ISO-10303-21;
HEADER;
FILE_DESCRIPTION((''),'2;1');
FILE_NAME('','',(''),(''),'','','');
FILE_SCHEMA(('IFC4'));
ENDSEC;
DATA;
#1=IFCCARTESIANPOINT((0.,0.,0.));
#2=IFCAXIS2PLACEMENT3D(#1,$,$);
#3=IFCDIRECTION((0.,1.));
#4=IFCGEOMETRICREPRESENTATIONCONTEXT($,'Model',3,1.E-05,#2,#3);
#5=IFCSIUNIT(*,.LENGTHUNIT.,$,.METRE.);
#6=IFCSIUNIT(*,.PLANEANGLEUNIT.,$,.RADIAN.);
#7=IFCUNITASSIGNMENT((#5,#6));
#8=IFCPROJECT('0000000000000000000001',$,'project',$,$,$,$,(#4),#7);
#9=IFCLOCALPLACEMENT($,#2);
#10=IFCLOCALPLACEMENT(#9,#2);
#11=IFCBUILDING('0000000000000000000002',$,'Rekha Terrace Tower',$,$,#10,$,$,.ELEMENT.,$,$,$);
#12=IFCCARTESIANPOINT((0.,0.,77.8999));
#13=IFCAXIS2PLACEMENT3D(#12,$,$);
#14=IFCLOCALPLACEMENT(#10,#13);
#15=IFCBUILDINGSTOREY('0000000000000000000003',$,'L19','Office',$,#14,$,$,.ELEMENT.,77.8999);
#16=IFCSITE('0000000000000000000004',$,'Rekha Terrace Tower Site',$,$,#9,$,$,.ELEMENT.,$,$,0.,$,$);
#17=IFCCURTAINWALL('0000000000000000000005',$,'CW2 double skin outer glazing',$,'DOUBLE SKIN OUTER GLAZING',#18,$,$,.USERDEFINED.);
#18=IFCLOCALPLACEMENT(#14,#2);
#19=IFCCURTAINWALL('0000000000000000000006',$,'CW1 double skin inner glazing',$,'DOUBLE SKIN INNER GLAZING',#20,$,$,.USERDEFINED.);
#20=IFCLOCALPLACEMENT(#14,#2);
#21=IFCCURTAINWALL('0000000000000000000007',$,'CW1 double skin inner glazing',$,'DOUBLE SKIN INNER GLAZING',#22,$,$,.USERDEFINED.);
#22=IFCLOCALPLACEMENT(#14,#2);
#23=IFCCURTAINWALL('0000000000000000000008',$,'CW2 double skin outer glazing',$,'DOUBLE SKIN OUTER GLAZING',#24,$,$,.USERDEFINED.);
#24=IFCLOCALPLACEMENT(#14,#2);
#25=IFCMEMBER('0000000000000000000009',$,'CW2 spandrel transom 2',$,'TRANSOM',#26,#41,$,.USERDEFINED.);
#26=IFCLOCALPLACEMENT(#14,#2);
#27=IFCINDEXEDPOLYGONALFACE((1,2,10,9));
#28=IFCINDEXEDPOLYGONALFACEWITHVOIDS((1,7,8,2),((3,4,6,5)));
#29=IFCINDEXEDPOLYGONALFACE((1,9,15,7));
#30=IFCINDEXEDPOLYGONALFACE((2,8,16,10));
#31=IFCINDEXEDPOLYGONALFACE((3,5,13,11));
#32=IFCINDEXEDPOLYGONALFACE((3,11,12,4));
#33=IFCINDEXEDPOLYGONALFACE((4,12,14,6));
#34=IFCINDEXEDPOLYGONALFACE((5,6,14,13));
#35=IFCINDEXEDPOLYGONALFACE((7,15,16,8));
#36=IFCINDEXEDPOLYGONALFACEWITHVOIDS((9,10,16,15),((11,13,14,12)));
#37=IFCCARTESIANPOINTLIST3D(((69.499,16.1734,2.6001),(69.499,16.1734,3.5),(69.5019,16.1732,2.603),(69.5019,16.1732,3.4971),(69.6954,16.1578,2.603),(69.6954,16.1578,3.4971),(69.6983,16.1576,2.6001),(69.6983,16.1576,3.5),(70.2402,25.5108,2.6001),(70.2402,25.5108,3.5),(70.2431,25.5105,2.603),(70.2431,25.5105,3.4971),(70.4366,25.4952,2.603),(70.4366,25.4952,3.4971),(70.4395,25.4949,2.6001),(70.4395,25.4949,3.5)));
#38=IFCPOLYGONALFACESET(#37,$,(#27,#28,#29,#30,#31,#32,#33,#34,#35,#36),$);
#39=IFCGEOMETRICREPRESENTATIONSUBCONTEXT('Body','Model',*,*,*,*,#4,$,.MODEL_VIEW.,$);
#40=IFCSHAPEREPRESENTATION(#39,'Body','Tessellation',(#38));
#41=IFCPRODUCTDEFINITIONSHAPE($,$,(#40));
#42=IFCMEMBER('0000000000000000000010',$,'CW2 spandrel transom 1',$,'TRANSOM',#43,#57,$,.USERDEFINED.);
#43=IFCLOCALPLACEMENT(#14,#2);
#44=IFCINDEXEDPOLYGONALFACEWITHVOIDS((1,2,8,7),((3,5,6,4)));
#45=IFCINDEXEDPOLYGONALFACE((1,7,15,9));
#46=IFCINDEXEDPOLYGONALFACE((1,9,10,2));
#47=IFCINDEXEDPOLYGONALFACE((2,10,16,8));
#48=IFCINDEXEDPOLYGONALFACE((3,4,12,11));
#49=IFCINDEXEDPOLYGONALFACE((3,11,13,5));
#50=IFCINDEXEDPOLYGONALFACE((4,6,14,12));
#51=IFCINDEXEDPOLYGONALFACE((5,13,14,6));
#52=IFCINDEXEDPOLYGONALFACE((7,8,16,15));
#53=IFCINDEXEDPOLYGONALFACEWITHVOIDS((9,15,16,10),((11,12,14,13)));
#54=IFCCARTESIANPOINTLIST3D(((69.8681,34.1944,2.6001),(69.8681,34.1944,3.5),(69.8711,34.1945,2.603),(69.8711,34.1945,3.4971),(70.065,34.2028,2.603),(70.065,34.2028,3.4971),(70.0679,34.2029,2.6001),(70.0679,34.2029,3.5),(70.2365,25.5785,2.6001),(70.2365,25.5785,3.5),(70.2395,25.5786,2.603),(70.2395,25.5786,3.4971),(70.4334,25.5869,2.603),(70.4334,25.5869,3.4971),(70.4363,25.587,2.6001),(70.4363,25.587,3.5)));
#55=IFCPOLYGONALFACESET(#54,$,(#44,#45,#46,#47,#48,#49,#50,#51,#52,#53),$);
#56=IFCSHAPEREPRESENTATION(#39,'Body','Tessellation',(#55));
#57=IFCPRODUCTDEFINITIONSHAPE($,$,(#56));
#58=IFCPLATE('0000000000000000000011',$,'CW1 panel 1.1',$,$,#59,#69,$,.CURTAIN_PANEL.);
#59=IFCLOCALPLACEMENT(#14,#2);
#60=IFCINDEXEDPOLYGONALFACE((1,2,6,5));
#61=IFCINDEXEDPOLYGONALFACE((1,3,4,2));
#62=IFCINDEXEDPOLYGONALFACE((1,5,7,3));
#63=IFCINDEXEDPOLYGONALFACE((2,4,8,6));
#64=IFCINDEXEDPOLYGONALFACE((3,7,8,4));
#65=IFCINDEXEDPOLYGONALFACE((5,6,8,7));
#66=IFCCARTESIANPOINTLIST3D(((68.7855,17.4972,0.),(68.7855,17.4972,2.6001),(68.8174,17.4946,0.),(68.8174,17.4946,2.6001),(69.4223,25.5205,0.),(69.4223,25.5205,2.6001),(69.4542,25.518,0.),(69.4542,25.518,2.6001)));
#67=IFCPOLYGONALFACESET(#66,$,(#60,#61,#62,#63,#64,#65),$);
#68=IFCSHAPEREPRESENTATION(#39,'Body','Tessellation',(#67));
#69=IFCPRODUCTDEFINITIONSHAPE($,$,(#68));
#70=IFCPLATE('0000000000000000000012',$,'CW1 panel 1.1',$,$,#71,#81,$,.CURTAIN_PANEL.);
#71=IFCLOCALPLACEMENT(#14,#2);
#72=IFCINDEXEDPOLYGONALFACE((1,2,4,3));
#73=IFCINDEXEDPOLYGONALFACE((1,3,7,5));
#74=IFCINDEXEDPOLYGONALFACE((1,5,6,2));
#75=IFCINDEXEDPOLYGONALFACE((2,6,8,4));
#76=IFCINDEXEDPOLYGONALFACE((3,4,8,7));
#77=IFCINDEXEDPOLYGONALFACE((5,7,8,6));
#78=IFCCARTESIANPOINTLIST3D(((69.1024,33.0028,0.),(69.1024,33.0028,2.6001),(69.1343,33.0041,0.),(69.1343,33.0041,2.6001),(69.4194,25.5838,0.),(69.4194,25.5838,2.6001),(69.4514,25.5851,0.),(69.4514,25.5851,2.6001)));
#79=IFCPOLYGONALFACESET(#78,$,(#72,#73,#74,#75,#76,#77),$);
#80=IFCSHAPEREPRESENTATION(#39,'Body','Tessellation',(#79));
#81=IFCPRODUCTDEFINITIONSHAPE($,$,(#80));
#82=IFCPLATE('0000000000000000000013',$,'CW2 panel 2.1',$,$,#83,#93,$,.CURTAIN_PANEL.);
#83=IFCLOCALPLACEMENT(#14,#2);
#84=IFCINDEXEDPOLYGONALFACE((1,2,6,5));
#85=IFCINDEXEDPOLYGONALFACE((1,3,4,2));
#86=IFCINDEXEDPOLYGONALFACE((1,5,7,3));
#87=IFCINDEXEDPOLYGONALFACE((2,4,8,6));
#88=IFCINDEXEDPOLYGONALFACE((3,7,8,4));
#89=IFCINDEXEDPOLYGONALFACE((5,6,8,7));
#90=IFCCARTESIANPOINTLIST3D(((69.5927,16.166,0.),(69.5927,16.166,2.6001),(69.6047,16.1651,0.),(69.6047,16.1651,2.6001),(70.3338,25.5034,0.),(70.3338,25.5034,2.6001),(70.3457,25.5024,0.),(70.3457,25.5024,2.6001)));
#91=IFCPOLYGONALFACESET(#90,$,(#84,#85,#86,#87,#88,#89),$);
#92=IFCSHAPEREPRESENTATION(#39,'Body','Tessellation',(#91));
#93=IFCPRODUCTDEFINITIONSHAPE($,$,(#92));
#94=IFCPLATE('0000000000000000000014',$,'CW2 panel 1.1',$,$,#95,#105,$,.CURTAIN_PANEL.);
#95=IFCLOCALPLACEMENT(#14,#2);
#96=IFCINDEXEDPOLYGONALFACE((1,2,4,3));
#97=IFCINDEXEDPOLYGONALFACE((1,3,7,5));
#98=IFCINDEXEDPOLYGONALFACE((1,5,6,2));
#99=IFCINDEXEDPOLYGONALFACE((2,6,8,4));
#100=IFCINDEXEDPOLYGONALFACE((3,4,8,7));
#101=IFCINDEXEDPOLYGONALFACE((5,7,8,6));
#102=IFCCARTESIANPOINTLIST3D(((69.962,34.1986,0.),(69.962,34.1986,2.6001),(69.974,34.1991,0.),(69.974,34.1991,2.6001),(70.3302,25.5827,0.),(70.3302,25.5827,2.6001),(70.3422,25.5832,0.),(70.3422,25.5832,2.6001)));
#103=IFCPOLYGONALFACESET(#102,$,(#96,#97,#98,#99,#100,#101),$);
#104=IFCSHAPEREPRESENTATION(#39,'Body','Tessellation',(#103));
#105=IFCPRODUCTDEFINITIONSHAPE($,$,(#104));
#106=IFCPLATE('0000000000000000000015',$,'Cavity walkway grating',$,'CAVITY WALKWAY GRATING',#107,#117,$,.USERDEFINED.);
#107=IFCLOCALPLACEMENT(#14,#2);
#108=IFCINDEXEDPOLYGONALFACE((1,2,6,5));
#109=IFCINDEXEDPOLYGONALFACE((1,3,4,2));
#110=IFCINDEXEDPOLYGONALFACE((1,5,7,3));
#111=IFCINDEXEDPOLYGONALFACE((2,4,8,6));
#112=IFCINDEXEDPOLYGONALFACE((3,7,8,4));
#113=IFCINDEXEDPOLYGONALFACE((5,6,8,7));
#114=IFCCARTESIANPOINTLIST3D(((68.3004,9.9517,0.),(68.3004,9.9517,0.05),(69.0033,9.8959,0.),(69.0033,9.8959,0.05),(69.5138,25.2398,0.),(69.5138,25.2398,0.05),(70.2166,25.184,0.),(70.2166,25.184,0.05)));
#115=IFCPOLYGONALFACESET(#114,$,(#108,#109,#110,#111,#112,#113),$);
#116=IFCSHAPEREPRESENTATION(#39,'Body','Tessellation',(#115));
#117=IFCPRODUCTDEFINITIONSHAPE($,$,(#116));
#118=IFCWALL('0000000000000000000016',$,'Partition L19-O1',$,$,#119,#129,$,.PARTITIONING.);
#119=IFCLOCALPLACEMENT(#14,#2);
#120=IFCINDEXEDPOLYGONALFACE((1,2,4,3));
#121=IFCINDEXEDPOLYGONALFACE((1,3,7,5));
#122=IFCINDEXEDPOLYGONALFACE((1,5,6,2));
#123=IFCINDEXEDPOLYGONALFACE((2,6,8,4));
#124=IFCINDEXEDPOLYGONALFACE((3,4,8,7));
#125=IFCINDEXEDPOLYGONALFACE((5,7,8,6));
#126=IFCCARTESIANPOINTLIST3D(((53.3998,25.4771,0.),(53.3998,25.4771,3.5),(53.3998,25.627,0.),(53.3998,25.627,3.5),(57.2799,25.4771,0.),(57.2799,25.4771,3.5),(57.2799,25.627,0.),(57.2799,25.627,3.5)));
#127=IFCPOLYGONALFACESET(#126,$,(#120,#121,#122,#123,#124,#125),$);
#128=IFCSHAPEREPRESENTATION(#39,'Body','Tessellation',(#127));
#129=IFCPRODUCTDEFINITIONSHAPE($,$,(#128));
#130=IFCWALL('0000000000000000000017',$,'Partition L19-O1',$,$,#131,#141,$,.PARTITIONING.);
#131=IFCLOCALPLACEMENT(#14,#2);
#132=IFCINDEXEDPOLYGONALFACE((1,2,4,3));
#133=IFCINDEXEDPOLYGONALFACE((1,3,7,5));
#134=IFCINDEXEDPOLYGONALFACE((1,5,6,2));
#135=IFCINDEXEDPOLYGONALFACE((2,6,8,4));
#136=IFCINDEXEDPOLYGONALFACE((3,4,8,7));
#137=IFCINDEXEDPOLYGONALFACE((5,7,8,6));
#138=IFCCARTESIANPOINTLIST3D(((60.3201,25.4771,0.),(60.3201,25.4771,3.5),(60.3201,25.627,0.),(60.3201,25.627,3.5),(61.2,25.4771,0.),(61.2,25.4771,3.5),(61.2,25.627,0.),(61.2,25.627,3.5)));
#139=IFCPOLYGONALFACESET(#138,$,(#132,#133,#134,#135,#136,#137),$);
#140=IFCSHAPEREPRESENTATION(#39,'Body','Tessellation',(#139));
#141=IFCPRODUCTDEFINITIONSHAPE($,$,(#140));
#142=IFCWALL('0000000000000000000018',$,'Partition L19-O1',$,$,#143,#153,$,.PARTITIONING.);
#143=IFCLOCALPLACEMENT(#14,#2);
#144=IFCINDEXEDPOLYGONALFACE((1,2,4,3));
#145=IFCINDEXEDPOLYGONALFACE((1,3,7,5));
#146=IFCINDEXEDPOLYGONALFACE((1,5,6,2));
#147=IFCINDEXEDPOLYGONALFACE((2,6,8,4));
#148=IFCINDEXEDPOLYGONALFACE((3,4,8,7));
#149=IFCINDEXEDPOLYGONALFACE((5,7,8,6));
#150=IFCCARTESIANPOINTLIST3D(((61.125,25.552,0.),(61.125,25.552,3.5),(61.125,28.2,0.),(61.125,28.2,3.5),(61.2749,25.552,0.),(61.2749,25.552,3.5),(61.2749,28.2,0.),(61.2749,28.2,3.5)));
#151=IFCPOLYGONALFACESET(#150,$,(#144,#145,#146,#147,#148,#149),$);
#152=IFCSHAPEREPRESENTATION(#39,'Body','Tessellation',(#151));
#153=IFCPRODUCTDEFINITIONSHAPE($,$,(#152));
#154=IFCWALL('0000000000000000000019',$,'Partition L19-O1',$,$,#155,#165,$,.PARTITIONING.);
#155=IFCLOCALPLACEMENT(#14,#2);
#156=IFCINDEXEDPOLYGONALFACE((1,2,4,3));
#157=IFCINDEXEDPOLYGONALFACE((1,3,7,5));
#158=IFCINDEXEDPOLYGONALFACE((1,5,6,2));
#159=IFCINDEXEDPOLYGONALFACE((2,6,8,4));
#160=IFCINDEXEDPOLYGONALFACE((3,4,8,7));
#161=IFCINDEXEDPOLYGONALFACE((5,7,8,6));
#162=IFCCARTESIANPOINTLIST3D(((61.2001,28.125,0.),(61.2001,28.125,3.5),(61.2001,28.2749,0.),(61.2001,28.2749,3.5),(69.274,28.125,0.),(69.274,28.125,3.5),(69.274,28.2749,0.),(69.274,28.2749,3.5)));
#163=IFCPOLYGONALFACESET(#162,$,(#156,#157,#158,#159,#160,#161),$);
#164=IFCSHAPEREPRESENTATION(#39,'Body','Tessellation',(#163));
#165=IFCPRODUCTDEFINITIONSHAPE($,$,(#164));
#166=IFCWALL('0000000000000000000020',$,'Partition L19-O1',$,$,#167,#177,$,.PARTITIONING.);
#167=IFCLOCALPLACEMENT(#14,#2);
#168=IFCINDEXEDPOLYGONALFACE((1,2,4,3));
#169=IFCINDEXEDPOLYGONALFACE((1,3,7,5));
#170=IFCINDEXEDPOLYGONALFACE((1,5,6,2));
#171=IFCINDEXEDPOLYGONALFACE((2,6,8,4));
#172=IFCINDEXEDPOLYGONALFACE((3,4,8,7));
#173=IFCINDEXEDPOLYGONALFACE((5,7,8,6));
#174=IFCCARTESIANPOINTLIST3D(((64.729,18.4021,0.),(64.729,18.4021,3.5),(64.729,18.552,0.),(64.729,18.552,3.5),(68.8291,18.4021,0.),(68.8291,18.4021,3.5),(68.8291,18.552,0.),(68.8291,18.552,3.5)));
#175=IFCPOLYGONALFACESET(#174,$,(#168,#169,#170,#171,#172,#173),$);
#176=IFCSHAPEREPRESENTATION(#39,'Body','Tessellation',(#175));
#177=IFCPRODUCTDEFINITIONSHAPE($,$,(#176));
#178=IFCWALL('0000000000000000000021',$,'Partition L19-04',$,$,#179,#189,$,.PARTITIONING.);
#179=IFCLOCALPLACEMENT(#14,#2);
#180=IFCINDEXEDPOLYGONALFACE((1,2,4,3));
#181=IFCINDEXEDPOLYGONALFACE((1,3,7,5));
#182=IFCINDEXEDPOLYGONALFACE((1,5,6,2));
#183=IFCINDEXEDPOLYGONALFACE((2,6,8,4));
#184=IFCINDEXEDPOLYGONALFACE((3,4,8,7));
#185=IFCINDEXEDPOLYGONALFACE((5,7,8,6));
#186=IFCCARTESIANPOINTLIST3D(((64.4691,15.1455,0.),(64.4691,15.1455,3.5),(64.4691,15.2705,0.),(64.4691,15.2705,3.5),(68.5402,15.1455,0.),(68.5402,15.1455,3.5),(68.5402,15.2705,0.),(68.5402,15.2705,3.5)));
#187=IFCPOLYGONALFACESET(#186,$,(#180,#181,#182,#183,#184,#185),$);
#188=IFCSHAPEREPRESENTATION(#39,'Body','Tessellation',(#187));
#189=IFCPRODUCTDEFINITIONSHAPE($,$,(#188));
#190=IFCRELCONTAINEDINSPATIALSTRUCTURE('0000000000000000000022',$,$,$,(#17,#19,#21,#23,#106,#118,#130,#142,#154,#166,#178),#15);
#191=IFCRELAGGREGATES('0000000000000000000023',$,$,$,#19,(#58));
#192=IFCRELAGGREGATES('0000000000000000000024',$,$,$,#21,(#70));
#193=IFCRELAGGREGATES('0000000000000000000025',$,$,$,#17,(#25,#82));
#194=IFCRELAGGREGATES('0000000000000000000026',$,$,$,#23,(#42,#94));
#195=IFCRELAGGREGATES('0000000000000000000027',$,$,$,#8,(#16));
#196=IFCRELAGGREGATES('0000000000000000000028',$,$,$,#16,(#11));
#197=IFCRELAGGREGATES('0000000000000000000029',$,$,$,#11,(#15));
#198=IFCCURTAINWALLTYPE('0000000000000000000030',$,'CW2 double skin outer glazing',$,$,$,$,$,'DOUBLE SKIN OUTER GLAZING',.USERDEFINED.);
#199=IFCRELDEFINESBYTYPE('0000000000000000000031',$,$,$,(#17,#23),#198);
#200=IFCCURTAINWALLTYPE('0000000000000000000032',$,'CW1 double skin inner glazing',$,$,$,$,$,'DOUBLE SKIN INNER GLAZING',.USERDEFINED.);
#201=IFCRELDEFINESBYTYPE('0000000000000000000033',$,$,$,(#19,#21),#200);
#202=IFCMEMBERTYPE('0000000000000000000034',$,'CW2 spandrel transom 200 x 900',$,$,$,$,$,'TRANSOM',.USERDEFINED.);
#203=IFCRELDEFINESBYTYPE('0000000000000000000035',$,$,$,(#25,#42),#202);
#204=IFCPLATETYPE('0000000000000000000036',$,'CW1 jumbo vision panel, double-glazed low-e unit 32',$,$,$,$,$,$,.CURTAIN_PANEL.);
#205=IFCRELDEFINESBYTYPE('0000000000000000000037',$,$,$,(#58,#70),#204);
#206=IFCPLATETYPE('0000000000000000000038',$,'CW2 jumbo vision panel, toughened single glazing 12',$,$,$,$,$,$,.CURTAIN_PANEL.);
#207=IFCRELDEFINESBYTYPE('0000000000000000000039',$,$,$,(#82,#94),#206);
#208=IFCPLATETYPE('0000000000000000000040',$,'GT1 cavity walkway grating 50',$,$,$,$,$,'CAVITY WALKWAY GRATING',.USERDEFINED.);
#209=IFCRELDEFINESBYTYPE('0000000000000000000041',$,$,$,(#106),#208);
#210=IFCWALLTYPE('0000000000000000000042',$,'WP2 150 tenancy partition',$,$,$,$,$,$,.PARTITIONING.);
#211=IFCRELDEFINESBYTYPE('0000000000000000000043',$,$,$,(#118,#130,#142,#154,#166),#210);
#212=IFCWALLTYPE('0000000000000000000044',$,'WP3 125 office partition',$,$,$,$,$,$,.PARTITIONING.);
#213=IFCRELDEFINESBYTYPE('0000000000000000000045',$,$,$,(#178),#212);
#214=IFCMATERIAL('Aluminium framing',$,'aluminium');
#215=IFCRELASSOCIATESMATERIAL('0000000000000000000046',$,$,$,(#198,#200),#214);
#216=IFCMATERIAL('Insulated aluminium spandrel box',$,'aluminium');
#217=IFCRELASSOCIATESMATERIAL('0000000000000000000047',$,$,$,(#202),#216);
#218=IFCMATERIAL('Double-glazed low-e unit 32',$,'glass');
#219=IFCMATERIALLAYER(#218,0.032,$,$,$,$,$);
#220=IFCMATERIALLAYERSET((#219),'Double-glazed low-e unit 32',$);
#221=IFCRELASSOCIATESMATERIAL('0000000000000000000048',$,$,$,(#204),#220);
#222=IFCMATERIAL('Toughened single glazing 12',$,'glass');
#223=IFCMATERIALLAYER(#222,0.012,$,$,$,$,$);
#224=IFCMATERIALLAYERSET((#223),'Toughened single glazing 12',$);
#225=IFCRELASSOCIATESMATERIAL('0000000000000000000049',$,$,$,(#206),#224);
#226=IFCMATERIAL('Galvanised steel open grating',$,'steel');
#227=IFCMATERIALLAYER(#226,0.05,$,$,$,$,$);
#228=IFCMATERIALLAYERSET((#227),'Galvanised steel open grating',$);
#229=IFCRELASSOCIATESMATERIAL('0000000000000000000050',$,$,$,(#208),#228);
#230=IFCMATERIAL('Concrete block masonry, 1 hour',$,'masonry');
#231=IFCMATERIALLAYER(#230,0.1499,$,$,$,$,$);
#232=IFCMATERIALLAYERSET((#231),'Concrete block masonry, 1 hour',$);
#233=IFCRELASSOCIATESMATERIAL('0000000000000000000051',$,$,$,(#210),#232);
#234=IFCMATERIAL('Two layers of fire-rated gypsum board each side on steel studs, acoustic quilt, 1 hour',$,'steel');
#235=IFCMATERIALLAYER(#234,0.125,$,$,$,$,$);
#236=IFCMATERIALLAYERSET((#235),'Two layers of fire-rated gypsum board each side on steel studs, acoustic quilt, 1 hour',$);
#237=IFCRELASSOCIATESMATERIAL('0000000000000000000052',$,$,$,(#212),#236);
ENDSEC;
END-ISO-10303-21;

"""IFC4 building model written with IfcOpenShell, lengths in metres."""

from ifc_helpers import new_model, si_unit, direction, frame, frame_2d, origin, origin_2d, place, context, subcontext, project, spatial, rectangle, hollow_rectangle, extrude, material, layer, layer_set, material_profile, profile_set, type_object, element, aggregate, save


model = new_model("IFC4")

# Units and contexts
model_context = context("Model", 3, precision=1e-05, world=origin(), true_north=direction((0.0, 1.0)))
body_context = subcontext(model_context, "Body", "Model", "MODEL_VIEW")
ifc_project = project(units=[si_unit("LENGTHUNIT", "METRE"), si_unit("PLANEANGLEUNIT", "RADIAN")], contexts=[model_context])

# Site, building, storey
site_placement = place(None, origin())
site = spatial("IfcSite", under=ifc_project, at=site_placement, Name="Rekha Terrace Tower Site", CompositionType="ELEMENT", RefElevation=0.0)
building_placement = place(site_placement, origin())
building = spatial("IfcBuilding", under=site, at=building_placement, Name="Rekha Terrace Tower", CompositionType="ELEMENT")
storey_placement = place(building_placement, frame((0.0, 0.0, 77.8999)))
storey = spatial("IfcBuildingStorey", under=building, at=storey_placement, Name="L19", Description="Office", CompositionType="ELEMENT", Elevation=77.8999)

# Curtain walls
ifc_material_1 = material(Name="Aluminium framing", Category="aluminium")
curtain_wall_type_1 = type_object("IfcCurtainWallType", Name="CW2 double skin outer glazing", ElementType="DOUBLE SKIN OUTER GLAZING", PredefinedType="USERDEFINED", material=ifc_material_1)
curtain_wall_1_placement = place(storey_placement, origin())
curtain_wall_1 = element("IfcCurtainWall", 1, at=curtain_wall_1_placement, inside=storey, type_object=curtain_wall_type_1, Name="CW2 double skin outer glazing", ObjectType="DOUBLE SKIN OUTER GLAZING", PredefinedType="USERDEFINED")
curtain_wall_type_2 = type_object("IfcCurtainWallType", Name="CW1 double skin inner glazing", ElementType="DOUBLE SKIN INNER GLAZING", PredefinedType="USERDEFINED", material=ifc_material_1)
curtain_wall_2_placement = place(storey_placement, origin())
curtain_wall_2 = element("IfcCurtainWall", 2, at=curtain_wall_2_placement, inside=storey, type_object=curtain_wall_type_2, Name="CW1 double skin inner glazing", ObjectType="DOUBLE SKIN INNER GLAZING", PredefinedType="USERDEFINED")
curtain_wall_3_placement = place(storey_placement, origin())
curtain_wall_3 = element("IfcCurtainWall", 3, at=curtain_wall_3_placement, inside=storey, type_object=curtain_wall_type_2, Name="CW1 double skin inner glazing", ObjectType="DOUBLE SKIN INNER GLAZING", PredefinedType="USERDEFINED")

# Shared definitions
ifc_material_2 = material(Name="Insulated aluminium spandrel box", Category="aluminium")

# Curtain wall
curtain_wall_4_placement = place(storey_placement, origin())
curtain_wall_4 = element("IfcCurtainWall", 4, at=curtain_wall_4_placement, inside=storey, type_object=curtain_wall_type_1, Name="CW2 double skin outer glazing", ObjectType="DOUBLE SKIN OUTER GLAZING", PredefinedType="USERDEFINED")

# Members
ifc_material_profile_1 = material_profile(ifc_material_2, hollow_rectangle(XDim=0.2, YDim=0.8999, WallThickness=0.0029, at=origin_2d()), Name="AL SPANDREL BOX 200x900")
ifc_profile_set_1 = profile_set([ifc_material_profile_1], Name="Insulated aluminium spandrel box")
member_type_1 = type_object("IfcMemberType", Name="CW2 spandrel transom 200 x 900", ElementType="TRANSOM", PredefinedType="USERDEFINED", material=ifc_profile_set_1)
member_1_placement = place(storey_placement, frame((69.5986, 16.1655, 3.05), z_axis=(0.079132, 0.996864, 0.0), x_axis=(-0.996864, 0.079132, 0.0)))
member_1 = element("IfcMember", 5, at=member_1_placement, type_object=member_type_1, Name="CW2 spandrel transom 2", ObjectType="TRANSOM", PredefinedType="USERDEFINED", context=body_context, shape_type="SweptSolid", body=[
    extrude(hollow_rectangle(XDim=0.2, YDim=0.8999, WallThickness=0.0029, at=origin_2d()), origin(), (0.0, 0.0, 1.0), 9.3667),
])
member_2_placement = place(storey_placement, frame((70.3364, 25.5828, 3.05), z_axis=(-0.04272, 0.999087, 0.0), x_axis=(-0.999087, -0.04272, 0.0)))
member_2 = element("IfcMember", 6, at=member_2_placement, type_object=member_type_1, Name="CW2 spandrel transom 1", ObjectType="TRANSOM", PredefinedType="USERDEFINED", context=body_context, shape_type="SweptSolid", body=[
    extrude(hollow_rectangle(XDim=0.2, YDim=0.8999, WallThickness=0.0029, at=origin_2d()), origin(), (0.0, 0.0, 1.0), 8.6238),
])

# Plates
ifc_material_3 = material(Name="Double-glazed low-e unit 32", Category="glass")
ifc_layer_1 = layer(ifc_material_3, 0.032)
ifc_layer_set_1 = layer_set([ifc_layer_1], Name="Double-glazed low-e unit 32")
plate_type_1 = type_object("IfcPlateType", Name="CW1 jumbo vision panel, double-glazed low-e unit 32", PredefinedType="CURTAIN_PANEL", material=ifc_layer_set_1)
plate_1_placement = place(storey_placement, frame((69.1199, 21.5076, 0.0), z_axis=(0.0, 0.0, 1.0), x_axis=(0.079116, 0.996865, 0.0)))
plate_1 = element("IfcPlate", 7, at=plate_1_placement, type_object=plate_type_1, Name="CW1 panel 1.1", PredefinedType="CURTAIN_PANEL", context=body_context, shape_type="SweptSolid", body=[
    extrude(rectangle(XDim=8.0486, YDim=0.032, at=origin_2d()), origin(), (0.0, 0.0, 1.0), 2.6001),
])
aggregate(curtain_wall_2, [plate_1])
plate_2_placement = place(storey_placement, frame((69.2769, 29.2939, 0.0), z_axis=(0.0, 0.0, 1.0), x_axis=(-0.042696, 0.999088, 0.0)))
plate_2 = element("IfcPlate", 8, at=plate_2_placement, type_object=plate_type_1, Name="CW1 panel 1.1", PredefinedType="CURTAIN_PANEL", context=body_context, shape_type="SweptSolid", body=[
    extrude(rectangle(XDim=7.4258, YDim=0.032, at=origin_2d()), origin(), (0.0, 0.0, 1.0), 2.6001),
])
aggregate(curtain_wall_3, [plate_2])
ifc_material_4 = material(Name="Toughened single glazing 12", Category="glass")
ifc_layer_2 = layer(ifc_material_4, 0.012)
ifc_layer_set_2 = layer_set([ifc_layer_2], Name="Toughened single glazing 12")
plate_type_2 = type_object("IfcPlateType", Name="CW2 jumbo vision panel, toughened single glazing 12", PredefinedType="CURTAIN_PANEL", material=ifc_layer_set_2)
plate_3_placement = place(storey_placement, frame((69.9692, 20.8342, 0.0), z_axis=(0.0, 0.0, 1.0), x_axis=(0.079116, 0.996865, 0.0)))
plate_3 = element("IfcPlate", 9, at=plate_3_placement, type_object=plate_type_2, Name="CW2 panel 2.1", PredefinedType="CURTAIN_PANEL", context=body_context, shape_type="SweptSolid", body=[
    extrude(rectangle(XDim=9.3667, YDim=0.012, at=origin_2d()), origin(), (0.0, 0.0, 1.0), 2.6001),
])
aggregate(curtain_wall_1, [member_1, plate_3])
plate_4_placement = place(storey_placement, frame((70.1521, 29.8909, 0.0), z_axis=(0.0, 0.0, 1.0), x_axis=(-0.042696, 0.999088, 0.0)))
plate_4 = element("IfcPlate", 10, at=plate_4_placement, type_object=plate_type_2, Name="CW2 panel 1.1", PredefinedType="CURTAIN_PANEL", context=body_context, shape_type="SweptSolid", body=[
    extrude(rectangle(XDim=8.6238, YDim=0.012, at=origin_2d()), origin(), (0.0, 0.0, 1.0), 2.6001),
])
aggregate(curtain_wall_4, [member_2, plate_4])
ifc_material_5 = material(Name="Galvanised steel open grating", Category="steel")
ifc_layer_3 = layer(ifc_material_5, 0.05)
ifc_layer_set_3 = layer_set([ifc_layer_3], Name="Galvanised steel open grating")
plate_type_3 = type_object("IfcPlateType", Name="GT1 cavity walkway grating 50", ElementType="CAVITY WALKWAY GRATING", PredefinedType="USERDEFINED", material=ifc_layer_set_3)
plate_5_placement = place(storey_placement, frame((69.2585, 17.5679, 0.0), z_axis=(0.0, 0.0, 1.0), x_axis=(0.079116, 0.996865, 0.0)))
element("IfcPlate", 11, at=plate_5_placement, inside=storey, type_object=plate_type_3, Name="Cavity walkway grating", ObjectType="CAVITY WALKWAY GRATING", PredefinedType="USERDEFINED", context=body_context, shape_type="SweptSolid", body=[
    extrude(rectangle(XDim=15.3362, YDim=0.7051, at=origin_2d()), origin(), (0.0, 0.0, 1.0), 0.05),
])

# Walls
ifc_material_6 = material(Name="Concrete block masonry, 1 hour", Category="masonry")
ifc_layer_4 = layer(ifc_material_6, 0.1499)
ifc_layer_set_4 = layer_set([ifc_layer_4], Name="Concrete block masonry, 1 hour")
wall_type_1 = type_object("IfcWallType", Name="WP2 150 tenancy partition", PredefinedType="PARTITIONING", material=ifc_layer_set_4)
wall_1_placement = place(storey_placement, frame((53.3999, 25.552, 0.0), z_axis=(0.0, 0.0, 1.0), x_axis=(1.0, 0.0, 0.0)))
element("IfcWall", 12, at=wall_1_placement, inside=storey, type_object=wall_type_1, Name="Partition L19-O1", PredefinedType="PARTITIONING", context=body_context, shape_type="SweptSolid", body=[
    extrude(rectangle(XDim=3.8801, YDim=0.1499, at=frame_2d((1.9399, 0.0))), origin(), (0.0, 0.0, 1.0), 3.5),
])
wall_2_placement = place(storey_placement, frame((60.3201, 25.552, 0.0), z_axis=(0.0, 0.0, 1.0), x_axis=(1.0, 0.0, 0.0)))
element("IfcWall", 13, at=wall_2_placement, inside=storey, type_object=wall_type_1, Name="Partition L19-O1", PredefinedType="PARTITIONING", context=body_context, shape_type="SweptSolid", body=[
    extrude(rectangle(XDim=0.8799, YDim=0.1499, at=frame_2d((0.4399, 0.0))), origin(), (0.0, 0.0, 1.0), 3.5),
])
wall_3_placement = place(storey_placement, frame((61.2, 25.552, 0.0), z_axis=(0.0, 0.0, 1.0), x_axis=(0.0, 1.0, 0.0)))
element("IfcWall", 14, at=wall_3_placement, inside=storey, type_object=wall_type_1, Name="Partition L19-O1", PredefinedType="PARTITIONING", context=body_context, shape_type="SweptSolid", body=[
    extrude(rectangle(XDim=2.6479, YDim=0.1499, at=frame_2d((1.324, 0.0))), origin(), (0.0, 0.0, 1.0), 3.5),
])
wall_4_placement = place(storey_placement, frame((61.2, 28.2, 0.0), z_axis=(0.0, 0.0, 1.0), x_axis=(1.0, 0.0, 0.0)))
element("IfcWall", 15, at=wall_4_placement, inside=storey, type_object=wall_type_1, Name="Partition L19-O1", PredefinedType="PARTITIONING", context=body_context, shape_type="SweptSolid", body=[
    extrude(rectangle(XDim=8.074, YDim=0.1499, at=frame_2d((4.0371, 0.0))), origin(), (0.0, 0.0, 1.0), 3.5),
])
wall_5_placement = place(storey_placement, frame((64.729, 18.4771, 0.0), z_axis=(0.0, 0.0, 1.0), x_axis=(1.0, 0.0, 0.0)))
element("IfcWall", 16, at=wall_5_placement, inside=storey, type_object=wall_type_1, Name="Partition L19-O1", PredefinedType="PARTITIONING", context=body_context, shape_type="SweptSolid", body=[
    extrude(rectangle(XDim=4.1001, YDim=0.1499, at=frame_2d((2.05, 0.0))), origin(), (0.0, 0.0, 1.0), 3.5),
])
ifc_material_7 = material(Name="Two layers of fire-rated gypsum board each side on steel studs, acoustic quilt, 1 hour", Category="steel")
ifc_layer_5 = layer(ifc_material_7, 0.125)
ifc_layer_set_5 = layer_set([ifc_layer_5], Name="Two layers of fire-rated gypsum board each side on steel studs, acoustic quilt, 1 hour")
wall_type_2 = type_object("IfcWallType", Name="WP3 125 office partition", PredefinedType="PARTITIONING", material=ifc_layer_set_5)
wall_6_placement = place(storey_placement, frame((64.469, 15.208, 0.0), z_axis=(0.0, 0.0, 1.0), x_axis=(1.0, 0.0, 0.0)))
element("IfcWall", 17, at=wall_6_placement, inside=storey, type_object=wall_type_2, Name="Partition L19-04", PredefinedType="PARTITIONING", context=body_context, shape_type="SweptSolid", body=[
    extrude(rectangle(XDim=4.071, YDim=0.125, at=frame_2d((2.0356, 0.0))), origin(), (0.0, 0.0, 1.0), 3.5),
])

save(model, "model.ifc")
